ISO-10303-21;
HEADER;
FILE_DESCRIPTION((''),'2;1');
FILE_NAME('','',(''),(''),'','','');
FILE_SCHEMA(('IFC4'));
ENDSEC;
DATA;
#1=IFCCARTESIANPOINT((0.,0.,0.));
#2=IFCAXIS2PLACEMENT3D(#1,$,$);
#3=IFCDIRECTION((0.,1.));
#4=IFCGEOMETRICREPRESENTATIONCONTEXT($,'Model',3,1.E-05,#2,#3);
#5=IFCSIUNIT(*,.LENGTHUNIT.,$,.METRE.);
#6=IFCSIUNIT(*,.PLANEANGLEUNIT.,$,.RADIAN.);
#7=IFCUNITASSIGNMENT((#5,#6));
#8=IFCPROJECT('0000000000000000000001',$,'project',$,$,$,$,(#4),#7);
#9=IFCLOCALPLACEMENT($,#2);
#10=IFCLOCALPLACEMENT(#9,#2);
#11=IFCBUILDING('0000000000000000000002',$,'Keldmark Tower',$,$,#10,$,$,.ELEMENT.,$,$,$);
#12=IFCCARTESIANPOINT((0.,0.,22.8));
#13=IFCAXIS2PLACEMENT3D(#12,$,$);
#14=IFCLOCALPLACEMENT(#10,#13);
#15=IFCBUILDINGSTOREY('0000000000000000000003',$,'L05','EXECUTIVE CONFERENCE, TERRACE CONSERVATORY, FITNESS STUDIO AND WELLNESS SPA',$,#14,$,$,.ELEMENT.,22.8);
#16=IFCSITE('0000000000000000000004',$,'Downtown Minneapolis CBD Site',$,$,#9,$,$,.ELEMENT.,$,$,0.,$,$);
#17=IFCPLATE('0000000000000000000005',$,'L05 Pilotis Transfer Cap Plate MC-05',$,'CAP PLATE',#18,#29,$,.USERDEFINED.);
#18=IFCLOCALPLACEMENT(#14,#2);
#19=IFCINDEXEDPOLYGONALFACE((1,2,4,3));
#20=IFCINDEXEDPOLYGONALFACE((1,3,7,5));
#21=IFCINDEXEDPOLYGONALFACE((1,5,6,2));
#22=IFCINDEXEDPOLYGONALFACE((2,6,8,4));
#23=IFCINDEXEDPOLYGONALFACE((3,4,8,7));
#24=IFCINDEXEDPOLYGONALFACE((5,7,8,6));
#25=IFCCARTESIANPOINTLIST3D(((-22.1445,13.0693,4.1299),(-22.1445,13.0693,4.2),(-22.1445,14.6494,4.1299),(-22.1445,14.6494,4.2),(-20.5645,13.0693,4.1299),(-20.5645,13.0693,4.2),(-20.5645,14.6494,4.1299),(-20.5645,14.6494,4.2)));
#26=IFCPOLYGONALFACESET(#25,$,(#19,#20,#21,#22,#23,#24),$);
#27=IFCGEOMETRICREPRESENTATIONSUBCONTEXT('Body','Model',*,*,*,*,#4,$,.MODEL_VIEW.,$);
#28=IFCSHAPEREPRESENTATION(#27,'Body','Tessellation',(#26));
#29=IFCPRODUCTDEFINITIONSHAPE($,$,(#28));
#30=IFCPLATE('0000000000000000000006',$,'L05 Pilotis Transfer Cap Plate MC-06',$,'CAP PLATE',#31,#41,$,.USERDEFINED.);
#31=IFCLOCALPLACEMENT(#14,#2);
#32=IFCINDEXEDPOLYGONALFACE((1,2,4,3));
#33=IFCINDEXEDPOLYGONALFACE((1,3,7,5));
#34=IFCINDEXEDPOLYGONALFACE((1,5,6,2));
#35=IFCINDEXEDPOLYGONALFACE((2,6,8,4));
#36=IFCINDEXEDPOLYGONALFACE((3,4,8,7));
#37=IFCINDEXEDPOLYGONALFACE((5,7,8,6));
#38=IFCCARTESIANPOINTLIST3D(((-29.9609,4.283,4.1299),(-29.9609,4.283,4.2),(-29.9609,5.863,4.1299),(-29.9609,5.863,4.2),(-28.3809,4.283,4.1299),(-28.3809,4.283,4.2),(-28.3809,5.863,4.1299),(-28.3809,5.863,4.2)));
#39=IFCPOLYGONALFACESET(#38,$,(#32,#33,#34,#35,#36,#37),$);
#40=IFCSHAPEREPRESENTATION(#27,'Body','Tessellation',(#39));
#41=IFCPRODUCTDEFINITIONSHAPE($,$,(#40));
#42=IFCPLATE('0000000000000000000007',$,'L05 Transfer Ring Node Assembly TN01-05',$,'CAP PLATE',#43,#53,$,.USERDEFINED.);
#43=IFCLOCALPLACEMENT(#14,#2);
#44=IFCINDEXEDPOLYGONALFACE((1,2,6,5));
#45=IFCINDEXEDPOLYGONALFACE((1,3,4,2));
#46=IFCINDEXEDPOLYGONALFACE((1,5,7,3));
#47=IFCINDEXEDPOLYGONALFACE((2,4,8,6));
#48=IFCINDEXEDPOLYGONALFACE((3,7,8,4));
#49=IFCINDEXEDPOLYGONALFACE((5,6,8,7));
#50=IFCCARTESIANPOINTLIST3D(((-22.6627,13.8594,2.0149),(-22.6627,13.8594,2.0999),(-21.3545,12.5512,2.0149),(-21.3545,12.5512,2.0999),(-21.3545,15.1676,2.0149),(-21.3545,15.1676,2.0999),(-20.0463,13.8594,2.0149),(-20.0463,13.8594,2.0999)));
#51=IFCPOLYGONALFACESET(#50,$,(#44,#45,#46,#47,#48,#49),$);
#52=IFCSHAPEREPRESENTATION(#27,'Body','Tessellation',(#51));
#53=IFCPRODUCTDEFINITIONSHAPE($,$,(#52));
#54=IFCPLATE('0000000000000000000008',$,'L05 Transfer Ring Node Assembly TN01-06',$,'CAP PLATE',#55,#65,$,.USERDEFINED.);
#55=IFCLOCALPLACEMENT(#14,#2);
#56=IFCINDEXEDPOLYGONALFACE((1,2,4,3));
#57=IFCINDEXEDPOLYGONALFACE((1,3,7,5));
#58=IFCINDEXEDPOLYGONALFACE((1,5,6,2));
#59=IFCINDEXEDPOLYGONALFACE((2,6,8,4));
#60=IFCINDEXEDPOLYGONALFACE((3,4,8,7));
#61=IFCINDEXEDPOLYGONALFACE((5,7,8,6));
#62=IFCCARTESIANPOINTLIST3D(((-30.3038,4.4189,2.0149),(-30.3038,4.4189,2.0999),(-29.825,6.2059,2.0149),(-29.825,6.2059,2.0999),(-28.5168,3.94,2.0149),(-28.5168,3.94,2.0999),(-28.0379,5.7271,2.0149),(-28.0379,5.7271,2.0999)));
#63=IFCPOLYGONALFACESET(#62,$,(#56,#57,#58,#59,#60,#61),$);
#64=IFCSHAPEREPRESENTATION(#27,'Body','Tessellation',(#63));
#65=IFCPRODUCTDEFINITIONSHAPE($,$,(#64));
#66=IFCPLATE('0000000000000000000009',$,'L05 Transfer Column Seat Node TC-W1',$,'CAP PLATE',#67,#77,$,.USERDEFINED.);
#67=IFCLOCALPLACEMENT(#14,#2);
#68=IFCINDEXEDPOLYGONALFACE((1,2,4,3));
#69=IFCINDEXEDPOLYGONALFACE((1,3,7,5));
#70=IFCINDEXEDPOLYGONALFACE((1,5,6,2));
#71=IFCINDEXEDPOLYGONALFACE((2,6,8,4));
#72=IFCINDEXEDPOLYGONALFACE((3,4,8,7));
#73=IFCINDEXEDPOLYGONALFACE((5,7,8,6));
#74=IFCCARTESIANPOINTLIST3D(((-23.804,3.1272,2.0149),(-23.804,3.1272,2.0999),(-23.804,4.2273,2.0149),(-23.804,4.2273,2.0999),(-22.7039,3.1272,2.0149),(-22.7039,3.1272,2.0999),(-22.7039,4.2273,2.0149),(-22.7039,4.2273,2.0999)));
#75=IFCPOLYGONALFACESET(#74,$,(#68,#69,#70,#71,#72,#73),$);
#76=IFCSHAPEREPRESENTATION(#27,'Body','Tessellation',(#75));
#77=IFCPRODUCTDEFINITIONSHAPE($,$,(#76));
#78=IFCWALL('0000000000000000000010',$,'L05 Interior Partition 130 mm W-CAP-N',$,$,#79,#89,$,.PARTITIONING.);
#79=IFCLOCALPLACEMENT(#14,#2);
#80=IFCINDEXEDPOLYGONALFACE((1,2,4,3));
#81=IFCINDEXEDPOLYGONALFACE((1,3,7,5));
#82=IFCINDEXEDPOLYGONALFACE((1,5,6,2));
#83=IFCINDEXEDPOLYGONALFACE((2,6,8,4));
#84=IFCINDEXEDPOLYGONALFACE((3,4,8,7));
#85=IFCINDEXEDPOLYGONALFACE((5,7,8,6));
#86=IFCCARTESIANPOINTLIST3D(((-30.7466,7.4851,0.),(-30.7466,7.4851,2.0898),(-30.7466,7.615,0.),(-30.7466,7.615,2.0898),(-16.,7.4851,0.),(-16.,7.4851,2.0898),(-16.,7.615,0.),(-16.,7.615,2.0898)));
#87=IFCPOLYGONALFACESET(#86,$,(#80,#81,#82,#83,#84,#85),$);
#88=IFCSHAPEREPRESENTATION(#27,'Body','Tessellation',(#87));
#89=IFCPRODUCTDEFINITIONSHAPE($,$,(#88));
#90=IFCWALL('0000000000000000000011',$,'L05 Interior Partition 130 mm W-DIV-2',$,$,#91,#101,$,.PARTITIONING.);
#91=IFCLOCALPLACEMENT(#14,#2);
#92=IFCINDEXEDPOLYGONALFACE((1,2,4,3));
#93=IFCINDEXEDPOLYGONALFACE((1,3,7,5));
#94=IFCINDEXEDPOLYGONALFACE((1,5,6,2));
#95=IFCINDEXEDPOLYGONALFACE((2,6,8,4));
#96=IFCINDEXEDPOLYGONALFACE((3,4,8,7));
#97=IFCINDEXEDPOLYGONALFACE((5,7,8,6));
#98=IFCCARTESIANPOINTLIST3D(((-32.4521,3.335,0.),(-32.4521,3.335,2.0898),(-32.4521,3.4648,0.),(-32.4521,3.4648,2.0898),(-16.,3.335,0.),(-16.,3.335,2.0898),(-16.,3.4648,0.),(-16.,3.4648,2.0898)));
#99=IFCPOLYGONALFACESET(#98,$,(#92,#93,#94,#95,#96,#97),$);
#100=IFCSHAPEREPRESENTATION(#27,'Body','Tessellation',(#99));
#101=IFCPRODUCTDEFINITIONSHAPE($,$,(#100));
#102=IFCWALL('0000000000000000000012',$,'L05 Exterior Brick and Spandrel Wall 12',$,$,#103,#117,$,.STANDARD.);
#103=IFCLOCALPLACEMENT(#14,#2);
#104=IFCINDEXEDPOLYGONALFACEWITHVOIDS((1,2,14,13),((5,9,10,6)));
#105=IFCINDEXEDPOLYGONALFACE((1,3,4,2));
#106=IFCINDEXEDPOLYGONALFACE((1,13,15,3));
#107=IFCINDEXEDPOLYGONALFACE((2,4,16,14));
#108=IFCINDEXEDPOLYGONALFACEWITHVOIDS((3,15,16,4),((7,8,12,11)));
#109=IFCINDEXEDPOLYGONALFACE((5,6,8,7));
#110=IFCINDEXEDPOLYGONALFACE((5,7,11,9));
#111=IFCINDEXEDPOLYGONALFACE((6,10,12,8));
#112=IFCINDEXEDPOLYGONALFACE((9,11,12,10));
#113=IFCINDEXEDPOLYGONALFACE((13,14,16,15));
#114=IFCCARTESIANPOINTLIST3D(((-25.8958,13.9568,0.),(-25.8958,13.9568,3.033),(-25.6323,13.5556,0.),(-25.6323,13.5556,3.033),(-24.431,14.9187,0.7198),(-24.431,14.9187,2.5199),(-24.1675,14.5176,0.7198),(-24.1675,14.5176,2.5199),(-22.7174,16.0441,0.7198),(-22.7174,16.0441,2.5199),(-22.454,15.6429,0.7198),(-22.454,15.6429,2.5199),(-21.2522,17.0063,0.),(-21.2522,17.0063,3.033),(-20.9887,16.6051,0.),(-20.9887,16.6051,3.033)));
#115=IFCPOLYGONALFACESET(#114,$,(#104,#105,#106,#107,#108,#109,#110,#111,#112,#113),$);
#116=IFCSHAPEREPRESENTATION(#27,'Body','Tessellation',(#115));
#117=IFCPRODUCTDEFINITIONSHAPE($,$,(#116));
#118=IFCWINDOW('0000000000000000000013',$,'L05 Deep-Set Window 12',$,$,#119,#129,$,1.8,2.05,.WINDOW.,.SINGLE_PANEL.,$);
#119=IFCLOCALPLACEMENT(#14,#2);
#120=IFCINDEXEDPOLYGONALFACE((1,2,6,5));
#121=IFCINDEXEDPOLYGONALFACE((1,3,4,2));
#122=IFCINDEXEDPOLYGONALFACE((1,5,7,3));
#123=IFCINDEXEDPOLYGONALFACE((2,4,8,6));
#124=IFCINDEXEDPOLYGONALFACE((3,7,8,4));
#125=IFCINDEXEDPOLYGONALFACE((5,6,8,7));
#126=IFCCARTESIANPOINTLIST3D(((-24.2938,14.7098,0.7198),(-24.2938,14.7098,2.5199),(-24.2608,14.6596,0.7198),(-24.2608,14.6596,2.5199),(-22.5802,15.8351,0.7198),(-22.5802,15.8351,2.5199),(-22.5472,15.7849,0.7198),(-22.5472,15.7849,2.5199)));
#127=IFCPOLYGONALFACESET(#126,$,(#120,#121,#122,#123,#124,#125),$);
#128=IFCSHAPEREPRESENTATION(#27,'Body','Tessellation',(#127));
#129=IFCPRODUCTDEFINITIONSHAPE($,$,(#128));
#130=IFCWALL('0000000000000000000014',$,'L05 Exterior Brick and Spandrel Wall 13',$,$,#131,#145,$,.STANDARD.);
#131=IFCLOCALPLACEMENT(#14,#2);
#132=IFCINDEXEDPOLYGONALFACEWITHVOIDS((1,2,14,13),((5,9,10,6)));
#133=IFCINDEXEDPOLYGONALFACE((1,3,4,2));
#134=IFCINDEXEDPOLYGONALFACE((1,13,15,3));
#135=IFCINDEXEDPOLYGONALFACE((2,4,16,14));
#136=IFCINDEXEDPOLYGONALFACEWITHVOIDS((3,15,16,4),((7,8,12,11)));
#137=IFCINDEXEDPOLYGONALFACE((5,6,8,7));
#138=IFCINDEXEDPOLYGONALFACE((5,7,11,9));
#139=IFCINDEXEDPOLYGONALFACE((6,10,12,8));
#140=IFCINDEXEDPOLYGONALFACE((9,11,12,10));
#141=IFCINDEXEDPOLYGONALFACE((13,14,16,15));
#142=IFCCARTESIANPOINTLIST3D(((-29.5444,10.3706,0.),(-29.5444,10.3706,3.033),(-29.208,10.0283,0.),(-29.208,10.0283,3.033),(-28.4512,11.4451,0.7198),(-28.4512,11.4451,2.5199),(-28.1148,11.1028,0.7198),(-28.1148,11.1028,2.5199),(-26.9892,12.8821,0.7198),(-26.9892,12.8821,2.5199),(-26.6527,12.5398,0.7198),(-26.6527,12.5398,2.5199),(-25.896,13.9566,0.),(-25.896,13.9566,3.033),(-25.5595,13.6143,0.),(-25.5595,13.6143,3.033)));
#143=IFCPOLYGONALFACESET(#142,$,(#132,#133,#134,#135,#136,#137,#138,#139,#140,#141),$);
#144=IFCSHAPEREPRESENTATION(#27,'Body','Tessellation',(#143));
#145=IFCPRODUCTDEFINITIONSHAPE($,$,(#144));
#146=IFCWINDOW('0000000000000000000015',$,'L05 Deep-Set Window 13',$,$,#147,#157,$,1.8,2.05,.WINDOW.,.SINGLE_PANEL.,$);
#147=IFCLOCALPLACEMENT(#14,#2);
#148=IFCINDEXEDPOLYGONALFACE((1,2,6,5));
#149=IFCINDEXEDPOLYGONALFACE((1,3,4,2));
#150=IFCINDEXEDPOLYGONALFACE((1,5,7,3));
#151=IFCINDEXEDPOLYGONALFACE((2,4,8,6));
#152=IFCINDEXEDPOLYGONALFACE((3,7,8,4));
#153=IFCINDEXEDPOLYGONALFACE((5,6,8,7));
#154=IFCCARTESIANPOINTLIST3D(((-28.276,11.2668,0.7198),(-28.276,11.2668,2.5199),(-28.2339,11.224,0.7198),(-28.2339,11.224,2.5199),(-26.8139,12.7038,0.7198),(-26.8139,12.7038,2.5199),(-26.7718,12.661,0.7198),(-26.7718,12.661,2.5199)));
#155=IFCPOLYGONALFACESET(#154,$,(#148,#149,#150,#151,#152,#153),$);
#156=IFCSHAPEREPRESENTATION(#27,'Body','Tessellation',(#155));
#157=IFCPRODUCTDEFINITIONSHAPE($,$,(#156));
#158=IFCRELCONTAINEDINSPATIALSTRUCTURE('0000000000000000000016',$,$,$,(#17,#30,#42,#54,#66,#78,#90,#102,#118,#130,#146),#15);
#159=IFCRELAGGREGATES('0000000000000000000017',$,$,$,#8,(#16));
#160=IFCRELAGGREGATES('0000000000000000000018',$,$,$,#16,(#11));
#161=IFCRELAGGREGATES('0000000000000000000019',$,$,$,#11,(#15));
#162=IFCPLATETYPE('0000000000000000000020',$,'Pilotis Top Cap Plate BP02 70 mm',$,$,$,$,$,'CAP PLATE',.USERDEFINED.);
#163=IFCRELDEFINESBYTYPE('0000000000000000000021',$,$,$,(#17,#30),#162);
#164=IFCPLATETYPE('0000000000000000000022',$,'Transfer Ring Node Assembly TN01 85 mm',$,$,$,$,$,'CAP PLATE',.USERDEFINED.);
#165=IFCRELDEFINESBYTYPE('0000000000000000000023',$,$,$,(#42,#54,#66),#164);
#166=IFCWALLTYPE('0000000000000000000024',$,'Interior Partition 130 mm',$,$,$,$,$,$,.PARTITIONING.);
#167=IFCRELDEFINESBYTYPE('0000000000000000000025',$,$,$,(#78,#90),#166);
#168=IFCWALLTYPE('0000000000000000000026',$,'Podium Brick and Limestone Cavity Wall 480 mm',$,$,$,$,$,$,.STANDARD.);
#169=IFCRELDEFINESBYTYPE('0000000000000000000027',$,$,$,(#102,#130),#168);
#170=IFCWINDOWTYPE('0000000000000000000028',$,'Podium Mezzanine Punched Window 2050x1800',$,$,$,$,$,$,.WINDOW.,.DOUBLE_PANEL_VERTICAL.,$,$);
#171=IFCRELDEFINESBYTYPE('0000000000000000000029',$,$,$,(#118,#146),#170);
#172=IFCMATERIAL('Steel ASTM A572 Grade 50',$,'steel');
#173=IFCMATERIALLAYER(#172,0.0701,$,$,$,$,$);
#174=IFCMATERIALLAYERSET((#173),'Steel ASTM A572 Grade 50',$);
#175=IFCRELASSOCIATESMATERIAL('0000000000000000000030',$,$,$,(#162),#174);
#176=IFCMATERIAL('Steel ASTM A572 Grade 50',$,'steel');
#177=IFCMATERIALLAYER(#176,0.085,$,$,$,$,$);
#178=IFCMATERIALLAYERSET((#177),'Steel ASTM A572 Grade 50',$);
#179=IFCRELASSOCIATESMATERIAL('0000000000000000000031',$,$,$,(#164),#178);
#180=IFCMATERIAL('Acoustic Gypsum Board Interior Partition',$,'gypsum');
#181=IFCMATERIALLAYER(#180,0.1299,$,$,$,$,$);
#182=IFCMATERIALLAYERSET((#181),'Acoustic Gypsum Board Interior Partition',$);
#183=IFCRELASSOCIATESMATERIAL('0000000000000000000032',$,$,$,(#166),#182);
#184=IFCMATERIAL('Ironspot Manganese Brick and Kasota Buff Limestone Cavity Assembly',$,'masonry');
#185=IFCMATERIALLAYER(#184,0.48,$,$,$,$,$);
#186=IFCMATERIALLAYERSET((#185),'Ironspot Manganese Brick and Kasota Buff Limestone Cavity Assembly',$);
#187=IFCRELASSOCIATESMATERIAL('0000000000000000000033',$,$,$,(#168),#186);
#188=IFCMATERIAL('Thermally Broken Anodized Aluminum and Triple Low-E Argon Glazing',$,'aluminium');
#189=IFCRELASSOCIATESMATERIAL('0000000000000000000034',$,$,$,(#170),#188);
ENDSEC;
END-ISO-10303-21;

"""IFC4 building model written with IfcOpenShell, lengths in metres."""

from ifc_helpers import new_model, si_unit, direction, frame, frame_2d, origin, origin_2d, place, context, subcontext, project, spatial, rectangle, extrude, material, layer, layer_set, type_object, element, fill, save


model = new_model("IFC4")

# Units and contexts
model_context = context("Model", 3, precision=1e-05, world=origin(), true_north=direction((0.0, 1.0)))
body_context = subcontext(model_context, "Body", "Model", "MODEL_VIEW")
ifc_project = project(units=[si_unit("LENGTHUNIT", "METRE"), si_unit("PLANEANGLEUNIT", "RADIAN")], contexts=[model_context])

# Site, building, storey
site_placement = place(None, origin())
site = spatial("IfcSite", under=ifc_project, at=site_placement, Name="Downtown Minneapolis CBD Site", CompositionType="ELEMENT", RefElevation=0.0)
building_placement = place(site_placement, origin())
building = spatial("IfcBuilding", under=site, at=building_placement, Name="Keldmark Tower", CompositionType="ELEMENT")
storey_placement = place(building_placement, frame((0.0, 0.0, 22.8)))
storey = spatial("IfcBuildingStorey", under=building, at=storey_placement, Name="L05", Description="EXECUTIVE CONFERENCE, TERRACE CONSERVATORY, FITNESS STUDIO AND WELLNESS SPA", CompositionType="ELEMENT", Elevation=22.8)

# Plates
ifc_material_1 = material(Name="Steel ASTM A572 Grade 50", Category="steel")
ifc_layer_1 = layer(ifc_material_1, 0.0701)
ifc_layer_set_1 = layer_set([ifc_layer_1], Name="Steel ASTM A572 Grade 50")
plate_type_1 = type_object("IfcPlateType", Name="Pilotis Top Cap Plate BP02 70 mm", ElementType="CAP PLATE", PredefinedType="USERDEFINED", material=ifc_layer_set_1)
for number, where, z_axis, x_axis, name in (
    (1, (-21.3545, 13.8594, 4.1299), (0.0, 0.0, 1.0), (1.0, 0.0, 0.0), "L05 Pilotis Transfer Cap Plate MC-05"),
    (2, (-29.1709, 5.073, 4.1299), (0.0, 0.0, 1.0), (1.0, 0.0, 0.0), "L05 Pilotis Transfer Cap Plate MC-06"),
):
    element("IfcPlate", number, at=place(storey_placement, frame(where, z_axis=z_axis, x_axis=x_axis)), inside=storey, type_object=plate_type_1, Name=name, ObjectType="CAP PLATE", PredefinedType="USERDEFINED", context=body_context, shape_type="SweptSolid", body=[
        extrude(rectangle(XDim=1.5801, YDim=1.5801, at=origin_2d()), origin(), (0.0, 0.0, 1.0), 0.0701),
    ])
ifc_material_2 = material(Name="Steel ASTM A572 Grade 50", Category="steel")
ifc_layer_2 = layer(ifc_material_2, 0.085)
ifc_layer_set_2 = layer_set([ifc_layer_2], Name="Steel ASTM A572 Grade 50")
plate_type_2 = type_object("IfcPlateType", Name="Transfer Ring Node Assembly TN01 85 mm", ElementType="CAP PLATE", PredefinedType="USERDEFINED", material=ifc_layer_set_2)
for number, where, z_axis, x_axis, name in (
    (3, (-21.3545, 13.8594, 2.0149), (0.0, 0.0, 1.0), (-0.707107, 0.707107, 0.0), "L05 Transfer Ring Node Assembly TN01-05"),
    (4, (-29.1709, 5.073, 2.0149), (0.0, 0.0, 1.0), (-0.965926, 0.258819, 0.0), "L05 Transfer Ring Node Assembly TN01-06"),
):
    element("IfcPlate", number, at=place(storey_placement, frame(where, z_axis=z_axis, x_axis=x_axis)), inside=storey, type_object=plate_type_2, Name=name, ObjectType="CAP PLATE", PredefinedType="USERDEFINED", context=body_context, shape_type="SweptSolid", body=[
        extrude(rectangle(XDim=1.8501, YDim=1.8501, at=origin_2d()), origin(), (0.0, 0.0, 1.0), 0.085),
    ])
plate_placement = place(storey_placement, frame((-23.2539, 3.6772, 2.0149), z_axis=(0.0, 0.0, 1.0), x_axis=(1.0, 0.0, 0.0)))
element("IfcPlate", 5, at=plate_placement, inside=storey, type_object=plate_type_2, Name="L05 Transfer Column Seat Node TC-W1", ObjectType="CAP PLATE", PredefinedType="USERDEFINED", context=body_context, shape_type="SweptSolid", body=[
    extrude(rectangle(XDim=1.1001, YDim=1.1001, at=origin_2d()), origin(), (0.0, 0.0, 1.0), 0.085),
])

# Walls
ifc_material_3 = material(Name="Acoustic Gypsum Board Interior Partition", Category="gypsum")
ifc_layer_3 = layer(ifc_material_3, 0.1299)
ifc_layer_set_3 = layer_set([ifc_layer_3], Name="Acoustic Gypsum Board Interior Partition")
wall_type_1 = type_object("IfcWallType", Name="Interior Partition 130 mm", PredefinedType="PARTITIONING", material=ifc_layer_set_3)
wall_1_placement = place(storey_placement, frame((-30.7466, 7.55, 0.0), z_axis=(0.0, 0.0, 1.0), x_axis=(1.0, 0.0, 0.0)))
element("IfcWall", 6, at=wall_1_placement, inside=storey, type_object=wall_type_1, Name="L05 Interior Partition 130 mm W-CAP-N", PredefinedType="PARTITIONING", context=body_context, shape_type="SweptSolid", body=[
    extrude(rectangle(XDim=14.7466, YDim=0.1299, at=frame_2d((7.3733, 0.0))), origin(), (0.0, 0.0, 1.0), 2.0898),
])
wall_2_placement = place(storey_placement, frame((-32.4521, 3.3999, 0.0), z_axis=(0.0, 0.0, 1.0), x_axis=(1.0, 0.0, 0.0)))
element("IfcWall", 7, at=wall_2_placement, inside=storey, type_object=wall_type_1, Name="L05 Interior Partition 130 mm W-DIV-2", PredefinedType="PARTITIONING", context=body_context, shape_type="SweptSolid", body=[
    extrude(rectangle(XDim=16.4521, YDim=0.1299, at=frame_2d((8.2261, 0.0))), origin(), (0.0, 0.0, 1.0), 2.0898),
])

# Walls, openings, windows
ifc_material_4 = material(Name="Ironspot Manganese Brick and Kasota Buff Limestone Cavity Assembly", Category="masonry")
ifc_layer_4 = layer(ifc_material_4, 0.48)
ifc_layer_set_4 = layer_set([ifc_layer_4], Name="Ironspot Manganese Brick and Kasota Buff Limestone Cavity Assembly")
wall_type_2 = type_object("IfcWallType", Name="Podium Brick and Limestone Cavity Wall 480 mm", PredefinedType="STANDARD", material=ifc_layer_set_4)
wall_3_placement = place(storey_placement, frame((-25.7642, 13.7561, 0.0), z_axis=(0.0, 0.0, 1.0), x_axis=(0.835864, 0.548937, 0.0)))
wall_3 = element("IfcWall", 8, at=wall_3_placement, inside=storey, type_object=wall_type_2, Name="L05 Exterior Brick and Spandrel Wall 12", PredefinedType="STANDARD", context=body_context, shape_type="SweptSolid", body=[
    extrude(rectangle(XDim=5.5554, YDim=0.48, at=frame_2d((2.7778, 0.0))), origin(), (0.0, 0.0, 1.0), 3.033),
])
opening_1_placement = place(wall_3_placement, frame((1.7527, 0.0, 0.72)))
opening_1 = element("IfcOpeningElement", 9, at=opening_1_placement, cuts=wall_3, PredefinedType="OPENING", context=body_context, shape_type="SweptSolid", body=[
    extrude(rectangle(XDim=2.05, YDim=1.8, at=frame_2d((1.0249, 0.8999))), frame((0.0, 0.25, 0.0), z_axis=(0.0, -1.0, 0.0), x_axis=(1.0, 0.0, 0.0)), (0.0, 0.0, 1.0), 0.5),
])
ifc_material_5 = material(Name="Thermally Broken Anodized Aluminum and Triple Low-E Argon Glazing", Category="aluminium")
window_type = type_object("IfcWindowType", Name="Podium Mezzanine Punched Window 2050x1800", PartitioningType="DOUBLE_PANEL_VERTICAL", PredefinedType="WINDOW", material=ifc_material_5)
window_1_placement = place(opening_1_placement, origin())
window_1 = element("IfcWindow", 10, at=window_1_placement, inside=storey, type_object=window_type, Name="L05 Deep-Set Window 12", OverallHeight=1.8, OverallWidth=2.05, PartitioningType="SINGLE_PANEL", PredefinedType="WINDOW", context=body_context, shape_type="SweptSolid", body=[
    extrude(rectangle(XDim=2.05, YDim=1.8, at=frame_2d((1.0249, 0.8999))), frame((0.0, -0.01, 0.0), z_axis=(0.0, -1.0, 0.0), x_axis=(1.0, 0.0, 0.0)), (0.0, 0.0, 1.0), 0.0601),
])
fill(opening_1, window_1)
wall_4_placement = place(storey_placement, frame((-29.3762, 10.1995, 0.0), z_axis=(0.0, 0.0, 1.0), x_axis=(0.713189, 0.700972, 0.0)))
wall_4 = element("IfcWall", 11, at=wall_4_placement, inside=storey, type_object=wall_type_2, Name="L05 Exterior Brick and Spandrel Wall 13", PredefinedType="STANDARD", context=body_context, shape_type="SweptSolid", body=[
    extrude(rectangle(XDim=5.1157, YDim=0.48, at=frame_2d((2.5579, 0.0))), origin(), (0.0, 0.0, 1.0), 3.033),
])
opening_2_placement = place(wall_4_placement, frame((1.533, 0.0, 0.72)))
opening_2 = element("IfcOpeningElement", 12, at=opening_2_placement, cuts=wall_4, PredefinedType="OPENING", context=body_context, shape_type="SweptSolid", body=[
    extrude(rectangle(XDim=2.05, YDim=1.8, at=frame_2d((1.0249, 0.8999))), frame((0.0, 0.25, 0.0), z_axis=(0.0, -1.0, 0.0), x_axis=(1.0, 0.0, 0.0)), (0.0, 0.0, 1.0), 0.5),
])
window_2_placement = place(opening_2_placement, origin())
window_2 = element("IfcWindow", 13, at=window_2_placement, inside=storey, type_object=window_type, Name="L05 Deep-Set Window 13", OverallHeight=1.8, OverallWidth=2.05, PartitioningType="SINGLE_PANEL", PredefinedType="WINDOW", context=body_context, shape_type="SweptSolid", body=[
    extrude(rectangle(XDim=2.05, YDim=1.8, at=frame_2d((1.0249, 0.8999))), frame((0.0, -0.01, 0.0), z_axis=(0.0, -1.0, 0.0), x_axis=(1.0, 0.0, 0.0)), (0.0, 0.0, 1.0), 0.0601),
])
fill(opening_2, window_2)

save(model, "model.ifc")
